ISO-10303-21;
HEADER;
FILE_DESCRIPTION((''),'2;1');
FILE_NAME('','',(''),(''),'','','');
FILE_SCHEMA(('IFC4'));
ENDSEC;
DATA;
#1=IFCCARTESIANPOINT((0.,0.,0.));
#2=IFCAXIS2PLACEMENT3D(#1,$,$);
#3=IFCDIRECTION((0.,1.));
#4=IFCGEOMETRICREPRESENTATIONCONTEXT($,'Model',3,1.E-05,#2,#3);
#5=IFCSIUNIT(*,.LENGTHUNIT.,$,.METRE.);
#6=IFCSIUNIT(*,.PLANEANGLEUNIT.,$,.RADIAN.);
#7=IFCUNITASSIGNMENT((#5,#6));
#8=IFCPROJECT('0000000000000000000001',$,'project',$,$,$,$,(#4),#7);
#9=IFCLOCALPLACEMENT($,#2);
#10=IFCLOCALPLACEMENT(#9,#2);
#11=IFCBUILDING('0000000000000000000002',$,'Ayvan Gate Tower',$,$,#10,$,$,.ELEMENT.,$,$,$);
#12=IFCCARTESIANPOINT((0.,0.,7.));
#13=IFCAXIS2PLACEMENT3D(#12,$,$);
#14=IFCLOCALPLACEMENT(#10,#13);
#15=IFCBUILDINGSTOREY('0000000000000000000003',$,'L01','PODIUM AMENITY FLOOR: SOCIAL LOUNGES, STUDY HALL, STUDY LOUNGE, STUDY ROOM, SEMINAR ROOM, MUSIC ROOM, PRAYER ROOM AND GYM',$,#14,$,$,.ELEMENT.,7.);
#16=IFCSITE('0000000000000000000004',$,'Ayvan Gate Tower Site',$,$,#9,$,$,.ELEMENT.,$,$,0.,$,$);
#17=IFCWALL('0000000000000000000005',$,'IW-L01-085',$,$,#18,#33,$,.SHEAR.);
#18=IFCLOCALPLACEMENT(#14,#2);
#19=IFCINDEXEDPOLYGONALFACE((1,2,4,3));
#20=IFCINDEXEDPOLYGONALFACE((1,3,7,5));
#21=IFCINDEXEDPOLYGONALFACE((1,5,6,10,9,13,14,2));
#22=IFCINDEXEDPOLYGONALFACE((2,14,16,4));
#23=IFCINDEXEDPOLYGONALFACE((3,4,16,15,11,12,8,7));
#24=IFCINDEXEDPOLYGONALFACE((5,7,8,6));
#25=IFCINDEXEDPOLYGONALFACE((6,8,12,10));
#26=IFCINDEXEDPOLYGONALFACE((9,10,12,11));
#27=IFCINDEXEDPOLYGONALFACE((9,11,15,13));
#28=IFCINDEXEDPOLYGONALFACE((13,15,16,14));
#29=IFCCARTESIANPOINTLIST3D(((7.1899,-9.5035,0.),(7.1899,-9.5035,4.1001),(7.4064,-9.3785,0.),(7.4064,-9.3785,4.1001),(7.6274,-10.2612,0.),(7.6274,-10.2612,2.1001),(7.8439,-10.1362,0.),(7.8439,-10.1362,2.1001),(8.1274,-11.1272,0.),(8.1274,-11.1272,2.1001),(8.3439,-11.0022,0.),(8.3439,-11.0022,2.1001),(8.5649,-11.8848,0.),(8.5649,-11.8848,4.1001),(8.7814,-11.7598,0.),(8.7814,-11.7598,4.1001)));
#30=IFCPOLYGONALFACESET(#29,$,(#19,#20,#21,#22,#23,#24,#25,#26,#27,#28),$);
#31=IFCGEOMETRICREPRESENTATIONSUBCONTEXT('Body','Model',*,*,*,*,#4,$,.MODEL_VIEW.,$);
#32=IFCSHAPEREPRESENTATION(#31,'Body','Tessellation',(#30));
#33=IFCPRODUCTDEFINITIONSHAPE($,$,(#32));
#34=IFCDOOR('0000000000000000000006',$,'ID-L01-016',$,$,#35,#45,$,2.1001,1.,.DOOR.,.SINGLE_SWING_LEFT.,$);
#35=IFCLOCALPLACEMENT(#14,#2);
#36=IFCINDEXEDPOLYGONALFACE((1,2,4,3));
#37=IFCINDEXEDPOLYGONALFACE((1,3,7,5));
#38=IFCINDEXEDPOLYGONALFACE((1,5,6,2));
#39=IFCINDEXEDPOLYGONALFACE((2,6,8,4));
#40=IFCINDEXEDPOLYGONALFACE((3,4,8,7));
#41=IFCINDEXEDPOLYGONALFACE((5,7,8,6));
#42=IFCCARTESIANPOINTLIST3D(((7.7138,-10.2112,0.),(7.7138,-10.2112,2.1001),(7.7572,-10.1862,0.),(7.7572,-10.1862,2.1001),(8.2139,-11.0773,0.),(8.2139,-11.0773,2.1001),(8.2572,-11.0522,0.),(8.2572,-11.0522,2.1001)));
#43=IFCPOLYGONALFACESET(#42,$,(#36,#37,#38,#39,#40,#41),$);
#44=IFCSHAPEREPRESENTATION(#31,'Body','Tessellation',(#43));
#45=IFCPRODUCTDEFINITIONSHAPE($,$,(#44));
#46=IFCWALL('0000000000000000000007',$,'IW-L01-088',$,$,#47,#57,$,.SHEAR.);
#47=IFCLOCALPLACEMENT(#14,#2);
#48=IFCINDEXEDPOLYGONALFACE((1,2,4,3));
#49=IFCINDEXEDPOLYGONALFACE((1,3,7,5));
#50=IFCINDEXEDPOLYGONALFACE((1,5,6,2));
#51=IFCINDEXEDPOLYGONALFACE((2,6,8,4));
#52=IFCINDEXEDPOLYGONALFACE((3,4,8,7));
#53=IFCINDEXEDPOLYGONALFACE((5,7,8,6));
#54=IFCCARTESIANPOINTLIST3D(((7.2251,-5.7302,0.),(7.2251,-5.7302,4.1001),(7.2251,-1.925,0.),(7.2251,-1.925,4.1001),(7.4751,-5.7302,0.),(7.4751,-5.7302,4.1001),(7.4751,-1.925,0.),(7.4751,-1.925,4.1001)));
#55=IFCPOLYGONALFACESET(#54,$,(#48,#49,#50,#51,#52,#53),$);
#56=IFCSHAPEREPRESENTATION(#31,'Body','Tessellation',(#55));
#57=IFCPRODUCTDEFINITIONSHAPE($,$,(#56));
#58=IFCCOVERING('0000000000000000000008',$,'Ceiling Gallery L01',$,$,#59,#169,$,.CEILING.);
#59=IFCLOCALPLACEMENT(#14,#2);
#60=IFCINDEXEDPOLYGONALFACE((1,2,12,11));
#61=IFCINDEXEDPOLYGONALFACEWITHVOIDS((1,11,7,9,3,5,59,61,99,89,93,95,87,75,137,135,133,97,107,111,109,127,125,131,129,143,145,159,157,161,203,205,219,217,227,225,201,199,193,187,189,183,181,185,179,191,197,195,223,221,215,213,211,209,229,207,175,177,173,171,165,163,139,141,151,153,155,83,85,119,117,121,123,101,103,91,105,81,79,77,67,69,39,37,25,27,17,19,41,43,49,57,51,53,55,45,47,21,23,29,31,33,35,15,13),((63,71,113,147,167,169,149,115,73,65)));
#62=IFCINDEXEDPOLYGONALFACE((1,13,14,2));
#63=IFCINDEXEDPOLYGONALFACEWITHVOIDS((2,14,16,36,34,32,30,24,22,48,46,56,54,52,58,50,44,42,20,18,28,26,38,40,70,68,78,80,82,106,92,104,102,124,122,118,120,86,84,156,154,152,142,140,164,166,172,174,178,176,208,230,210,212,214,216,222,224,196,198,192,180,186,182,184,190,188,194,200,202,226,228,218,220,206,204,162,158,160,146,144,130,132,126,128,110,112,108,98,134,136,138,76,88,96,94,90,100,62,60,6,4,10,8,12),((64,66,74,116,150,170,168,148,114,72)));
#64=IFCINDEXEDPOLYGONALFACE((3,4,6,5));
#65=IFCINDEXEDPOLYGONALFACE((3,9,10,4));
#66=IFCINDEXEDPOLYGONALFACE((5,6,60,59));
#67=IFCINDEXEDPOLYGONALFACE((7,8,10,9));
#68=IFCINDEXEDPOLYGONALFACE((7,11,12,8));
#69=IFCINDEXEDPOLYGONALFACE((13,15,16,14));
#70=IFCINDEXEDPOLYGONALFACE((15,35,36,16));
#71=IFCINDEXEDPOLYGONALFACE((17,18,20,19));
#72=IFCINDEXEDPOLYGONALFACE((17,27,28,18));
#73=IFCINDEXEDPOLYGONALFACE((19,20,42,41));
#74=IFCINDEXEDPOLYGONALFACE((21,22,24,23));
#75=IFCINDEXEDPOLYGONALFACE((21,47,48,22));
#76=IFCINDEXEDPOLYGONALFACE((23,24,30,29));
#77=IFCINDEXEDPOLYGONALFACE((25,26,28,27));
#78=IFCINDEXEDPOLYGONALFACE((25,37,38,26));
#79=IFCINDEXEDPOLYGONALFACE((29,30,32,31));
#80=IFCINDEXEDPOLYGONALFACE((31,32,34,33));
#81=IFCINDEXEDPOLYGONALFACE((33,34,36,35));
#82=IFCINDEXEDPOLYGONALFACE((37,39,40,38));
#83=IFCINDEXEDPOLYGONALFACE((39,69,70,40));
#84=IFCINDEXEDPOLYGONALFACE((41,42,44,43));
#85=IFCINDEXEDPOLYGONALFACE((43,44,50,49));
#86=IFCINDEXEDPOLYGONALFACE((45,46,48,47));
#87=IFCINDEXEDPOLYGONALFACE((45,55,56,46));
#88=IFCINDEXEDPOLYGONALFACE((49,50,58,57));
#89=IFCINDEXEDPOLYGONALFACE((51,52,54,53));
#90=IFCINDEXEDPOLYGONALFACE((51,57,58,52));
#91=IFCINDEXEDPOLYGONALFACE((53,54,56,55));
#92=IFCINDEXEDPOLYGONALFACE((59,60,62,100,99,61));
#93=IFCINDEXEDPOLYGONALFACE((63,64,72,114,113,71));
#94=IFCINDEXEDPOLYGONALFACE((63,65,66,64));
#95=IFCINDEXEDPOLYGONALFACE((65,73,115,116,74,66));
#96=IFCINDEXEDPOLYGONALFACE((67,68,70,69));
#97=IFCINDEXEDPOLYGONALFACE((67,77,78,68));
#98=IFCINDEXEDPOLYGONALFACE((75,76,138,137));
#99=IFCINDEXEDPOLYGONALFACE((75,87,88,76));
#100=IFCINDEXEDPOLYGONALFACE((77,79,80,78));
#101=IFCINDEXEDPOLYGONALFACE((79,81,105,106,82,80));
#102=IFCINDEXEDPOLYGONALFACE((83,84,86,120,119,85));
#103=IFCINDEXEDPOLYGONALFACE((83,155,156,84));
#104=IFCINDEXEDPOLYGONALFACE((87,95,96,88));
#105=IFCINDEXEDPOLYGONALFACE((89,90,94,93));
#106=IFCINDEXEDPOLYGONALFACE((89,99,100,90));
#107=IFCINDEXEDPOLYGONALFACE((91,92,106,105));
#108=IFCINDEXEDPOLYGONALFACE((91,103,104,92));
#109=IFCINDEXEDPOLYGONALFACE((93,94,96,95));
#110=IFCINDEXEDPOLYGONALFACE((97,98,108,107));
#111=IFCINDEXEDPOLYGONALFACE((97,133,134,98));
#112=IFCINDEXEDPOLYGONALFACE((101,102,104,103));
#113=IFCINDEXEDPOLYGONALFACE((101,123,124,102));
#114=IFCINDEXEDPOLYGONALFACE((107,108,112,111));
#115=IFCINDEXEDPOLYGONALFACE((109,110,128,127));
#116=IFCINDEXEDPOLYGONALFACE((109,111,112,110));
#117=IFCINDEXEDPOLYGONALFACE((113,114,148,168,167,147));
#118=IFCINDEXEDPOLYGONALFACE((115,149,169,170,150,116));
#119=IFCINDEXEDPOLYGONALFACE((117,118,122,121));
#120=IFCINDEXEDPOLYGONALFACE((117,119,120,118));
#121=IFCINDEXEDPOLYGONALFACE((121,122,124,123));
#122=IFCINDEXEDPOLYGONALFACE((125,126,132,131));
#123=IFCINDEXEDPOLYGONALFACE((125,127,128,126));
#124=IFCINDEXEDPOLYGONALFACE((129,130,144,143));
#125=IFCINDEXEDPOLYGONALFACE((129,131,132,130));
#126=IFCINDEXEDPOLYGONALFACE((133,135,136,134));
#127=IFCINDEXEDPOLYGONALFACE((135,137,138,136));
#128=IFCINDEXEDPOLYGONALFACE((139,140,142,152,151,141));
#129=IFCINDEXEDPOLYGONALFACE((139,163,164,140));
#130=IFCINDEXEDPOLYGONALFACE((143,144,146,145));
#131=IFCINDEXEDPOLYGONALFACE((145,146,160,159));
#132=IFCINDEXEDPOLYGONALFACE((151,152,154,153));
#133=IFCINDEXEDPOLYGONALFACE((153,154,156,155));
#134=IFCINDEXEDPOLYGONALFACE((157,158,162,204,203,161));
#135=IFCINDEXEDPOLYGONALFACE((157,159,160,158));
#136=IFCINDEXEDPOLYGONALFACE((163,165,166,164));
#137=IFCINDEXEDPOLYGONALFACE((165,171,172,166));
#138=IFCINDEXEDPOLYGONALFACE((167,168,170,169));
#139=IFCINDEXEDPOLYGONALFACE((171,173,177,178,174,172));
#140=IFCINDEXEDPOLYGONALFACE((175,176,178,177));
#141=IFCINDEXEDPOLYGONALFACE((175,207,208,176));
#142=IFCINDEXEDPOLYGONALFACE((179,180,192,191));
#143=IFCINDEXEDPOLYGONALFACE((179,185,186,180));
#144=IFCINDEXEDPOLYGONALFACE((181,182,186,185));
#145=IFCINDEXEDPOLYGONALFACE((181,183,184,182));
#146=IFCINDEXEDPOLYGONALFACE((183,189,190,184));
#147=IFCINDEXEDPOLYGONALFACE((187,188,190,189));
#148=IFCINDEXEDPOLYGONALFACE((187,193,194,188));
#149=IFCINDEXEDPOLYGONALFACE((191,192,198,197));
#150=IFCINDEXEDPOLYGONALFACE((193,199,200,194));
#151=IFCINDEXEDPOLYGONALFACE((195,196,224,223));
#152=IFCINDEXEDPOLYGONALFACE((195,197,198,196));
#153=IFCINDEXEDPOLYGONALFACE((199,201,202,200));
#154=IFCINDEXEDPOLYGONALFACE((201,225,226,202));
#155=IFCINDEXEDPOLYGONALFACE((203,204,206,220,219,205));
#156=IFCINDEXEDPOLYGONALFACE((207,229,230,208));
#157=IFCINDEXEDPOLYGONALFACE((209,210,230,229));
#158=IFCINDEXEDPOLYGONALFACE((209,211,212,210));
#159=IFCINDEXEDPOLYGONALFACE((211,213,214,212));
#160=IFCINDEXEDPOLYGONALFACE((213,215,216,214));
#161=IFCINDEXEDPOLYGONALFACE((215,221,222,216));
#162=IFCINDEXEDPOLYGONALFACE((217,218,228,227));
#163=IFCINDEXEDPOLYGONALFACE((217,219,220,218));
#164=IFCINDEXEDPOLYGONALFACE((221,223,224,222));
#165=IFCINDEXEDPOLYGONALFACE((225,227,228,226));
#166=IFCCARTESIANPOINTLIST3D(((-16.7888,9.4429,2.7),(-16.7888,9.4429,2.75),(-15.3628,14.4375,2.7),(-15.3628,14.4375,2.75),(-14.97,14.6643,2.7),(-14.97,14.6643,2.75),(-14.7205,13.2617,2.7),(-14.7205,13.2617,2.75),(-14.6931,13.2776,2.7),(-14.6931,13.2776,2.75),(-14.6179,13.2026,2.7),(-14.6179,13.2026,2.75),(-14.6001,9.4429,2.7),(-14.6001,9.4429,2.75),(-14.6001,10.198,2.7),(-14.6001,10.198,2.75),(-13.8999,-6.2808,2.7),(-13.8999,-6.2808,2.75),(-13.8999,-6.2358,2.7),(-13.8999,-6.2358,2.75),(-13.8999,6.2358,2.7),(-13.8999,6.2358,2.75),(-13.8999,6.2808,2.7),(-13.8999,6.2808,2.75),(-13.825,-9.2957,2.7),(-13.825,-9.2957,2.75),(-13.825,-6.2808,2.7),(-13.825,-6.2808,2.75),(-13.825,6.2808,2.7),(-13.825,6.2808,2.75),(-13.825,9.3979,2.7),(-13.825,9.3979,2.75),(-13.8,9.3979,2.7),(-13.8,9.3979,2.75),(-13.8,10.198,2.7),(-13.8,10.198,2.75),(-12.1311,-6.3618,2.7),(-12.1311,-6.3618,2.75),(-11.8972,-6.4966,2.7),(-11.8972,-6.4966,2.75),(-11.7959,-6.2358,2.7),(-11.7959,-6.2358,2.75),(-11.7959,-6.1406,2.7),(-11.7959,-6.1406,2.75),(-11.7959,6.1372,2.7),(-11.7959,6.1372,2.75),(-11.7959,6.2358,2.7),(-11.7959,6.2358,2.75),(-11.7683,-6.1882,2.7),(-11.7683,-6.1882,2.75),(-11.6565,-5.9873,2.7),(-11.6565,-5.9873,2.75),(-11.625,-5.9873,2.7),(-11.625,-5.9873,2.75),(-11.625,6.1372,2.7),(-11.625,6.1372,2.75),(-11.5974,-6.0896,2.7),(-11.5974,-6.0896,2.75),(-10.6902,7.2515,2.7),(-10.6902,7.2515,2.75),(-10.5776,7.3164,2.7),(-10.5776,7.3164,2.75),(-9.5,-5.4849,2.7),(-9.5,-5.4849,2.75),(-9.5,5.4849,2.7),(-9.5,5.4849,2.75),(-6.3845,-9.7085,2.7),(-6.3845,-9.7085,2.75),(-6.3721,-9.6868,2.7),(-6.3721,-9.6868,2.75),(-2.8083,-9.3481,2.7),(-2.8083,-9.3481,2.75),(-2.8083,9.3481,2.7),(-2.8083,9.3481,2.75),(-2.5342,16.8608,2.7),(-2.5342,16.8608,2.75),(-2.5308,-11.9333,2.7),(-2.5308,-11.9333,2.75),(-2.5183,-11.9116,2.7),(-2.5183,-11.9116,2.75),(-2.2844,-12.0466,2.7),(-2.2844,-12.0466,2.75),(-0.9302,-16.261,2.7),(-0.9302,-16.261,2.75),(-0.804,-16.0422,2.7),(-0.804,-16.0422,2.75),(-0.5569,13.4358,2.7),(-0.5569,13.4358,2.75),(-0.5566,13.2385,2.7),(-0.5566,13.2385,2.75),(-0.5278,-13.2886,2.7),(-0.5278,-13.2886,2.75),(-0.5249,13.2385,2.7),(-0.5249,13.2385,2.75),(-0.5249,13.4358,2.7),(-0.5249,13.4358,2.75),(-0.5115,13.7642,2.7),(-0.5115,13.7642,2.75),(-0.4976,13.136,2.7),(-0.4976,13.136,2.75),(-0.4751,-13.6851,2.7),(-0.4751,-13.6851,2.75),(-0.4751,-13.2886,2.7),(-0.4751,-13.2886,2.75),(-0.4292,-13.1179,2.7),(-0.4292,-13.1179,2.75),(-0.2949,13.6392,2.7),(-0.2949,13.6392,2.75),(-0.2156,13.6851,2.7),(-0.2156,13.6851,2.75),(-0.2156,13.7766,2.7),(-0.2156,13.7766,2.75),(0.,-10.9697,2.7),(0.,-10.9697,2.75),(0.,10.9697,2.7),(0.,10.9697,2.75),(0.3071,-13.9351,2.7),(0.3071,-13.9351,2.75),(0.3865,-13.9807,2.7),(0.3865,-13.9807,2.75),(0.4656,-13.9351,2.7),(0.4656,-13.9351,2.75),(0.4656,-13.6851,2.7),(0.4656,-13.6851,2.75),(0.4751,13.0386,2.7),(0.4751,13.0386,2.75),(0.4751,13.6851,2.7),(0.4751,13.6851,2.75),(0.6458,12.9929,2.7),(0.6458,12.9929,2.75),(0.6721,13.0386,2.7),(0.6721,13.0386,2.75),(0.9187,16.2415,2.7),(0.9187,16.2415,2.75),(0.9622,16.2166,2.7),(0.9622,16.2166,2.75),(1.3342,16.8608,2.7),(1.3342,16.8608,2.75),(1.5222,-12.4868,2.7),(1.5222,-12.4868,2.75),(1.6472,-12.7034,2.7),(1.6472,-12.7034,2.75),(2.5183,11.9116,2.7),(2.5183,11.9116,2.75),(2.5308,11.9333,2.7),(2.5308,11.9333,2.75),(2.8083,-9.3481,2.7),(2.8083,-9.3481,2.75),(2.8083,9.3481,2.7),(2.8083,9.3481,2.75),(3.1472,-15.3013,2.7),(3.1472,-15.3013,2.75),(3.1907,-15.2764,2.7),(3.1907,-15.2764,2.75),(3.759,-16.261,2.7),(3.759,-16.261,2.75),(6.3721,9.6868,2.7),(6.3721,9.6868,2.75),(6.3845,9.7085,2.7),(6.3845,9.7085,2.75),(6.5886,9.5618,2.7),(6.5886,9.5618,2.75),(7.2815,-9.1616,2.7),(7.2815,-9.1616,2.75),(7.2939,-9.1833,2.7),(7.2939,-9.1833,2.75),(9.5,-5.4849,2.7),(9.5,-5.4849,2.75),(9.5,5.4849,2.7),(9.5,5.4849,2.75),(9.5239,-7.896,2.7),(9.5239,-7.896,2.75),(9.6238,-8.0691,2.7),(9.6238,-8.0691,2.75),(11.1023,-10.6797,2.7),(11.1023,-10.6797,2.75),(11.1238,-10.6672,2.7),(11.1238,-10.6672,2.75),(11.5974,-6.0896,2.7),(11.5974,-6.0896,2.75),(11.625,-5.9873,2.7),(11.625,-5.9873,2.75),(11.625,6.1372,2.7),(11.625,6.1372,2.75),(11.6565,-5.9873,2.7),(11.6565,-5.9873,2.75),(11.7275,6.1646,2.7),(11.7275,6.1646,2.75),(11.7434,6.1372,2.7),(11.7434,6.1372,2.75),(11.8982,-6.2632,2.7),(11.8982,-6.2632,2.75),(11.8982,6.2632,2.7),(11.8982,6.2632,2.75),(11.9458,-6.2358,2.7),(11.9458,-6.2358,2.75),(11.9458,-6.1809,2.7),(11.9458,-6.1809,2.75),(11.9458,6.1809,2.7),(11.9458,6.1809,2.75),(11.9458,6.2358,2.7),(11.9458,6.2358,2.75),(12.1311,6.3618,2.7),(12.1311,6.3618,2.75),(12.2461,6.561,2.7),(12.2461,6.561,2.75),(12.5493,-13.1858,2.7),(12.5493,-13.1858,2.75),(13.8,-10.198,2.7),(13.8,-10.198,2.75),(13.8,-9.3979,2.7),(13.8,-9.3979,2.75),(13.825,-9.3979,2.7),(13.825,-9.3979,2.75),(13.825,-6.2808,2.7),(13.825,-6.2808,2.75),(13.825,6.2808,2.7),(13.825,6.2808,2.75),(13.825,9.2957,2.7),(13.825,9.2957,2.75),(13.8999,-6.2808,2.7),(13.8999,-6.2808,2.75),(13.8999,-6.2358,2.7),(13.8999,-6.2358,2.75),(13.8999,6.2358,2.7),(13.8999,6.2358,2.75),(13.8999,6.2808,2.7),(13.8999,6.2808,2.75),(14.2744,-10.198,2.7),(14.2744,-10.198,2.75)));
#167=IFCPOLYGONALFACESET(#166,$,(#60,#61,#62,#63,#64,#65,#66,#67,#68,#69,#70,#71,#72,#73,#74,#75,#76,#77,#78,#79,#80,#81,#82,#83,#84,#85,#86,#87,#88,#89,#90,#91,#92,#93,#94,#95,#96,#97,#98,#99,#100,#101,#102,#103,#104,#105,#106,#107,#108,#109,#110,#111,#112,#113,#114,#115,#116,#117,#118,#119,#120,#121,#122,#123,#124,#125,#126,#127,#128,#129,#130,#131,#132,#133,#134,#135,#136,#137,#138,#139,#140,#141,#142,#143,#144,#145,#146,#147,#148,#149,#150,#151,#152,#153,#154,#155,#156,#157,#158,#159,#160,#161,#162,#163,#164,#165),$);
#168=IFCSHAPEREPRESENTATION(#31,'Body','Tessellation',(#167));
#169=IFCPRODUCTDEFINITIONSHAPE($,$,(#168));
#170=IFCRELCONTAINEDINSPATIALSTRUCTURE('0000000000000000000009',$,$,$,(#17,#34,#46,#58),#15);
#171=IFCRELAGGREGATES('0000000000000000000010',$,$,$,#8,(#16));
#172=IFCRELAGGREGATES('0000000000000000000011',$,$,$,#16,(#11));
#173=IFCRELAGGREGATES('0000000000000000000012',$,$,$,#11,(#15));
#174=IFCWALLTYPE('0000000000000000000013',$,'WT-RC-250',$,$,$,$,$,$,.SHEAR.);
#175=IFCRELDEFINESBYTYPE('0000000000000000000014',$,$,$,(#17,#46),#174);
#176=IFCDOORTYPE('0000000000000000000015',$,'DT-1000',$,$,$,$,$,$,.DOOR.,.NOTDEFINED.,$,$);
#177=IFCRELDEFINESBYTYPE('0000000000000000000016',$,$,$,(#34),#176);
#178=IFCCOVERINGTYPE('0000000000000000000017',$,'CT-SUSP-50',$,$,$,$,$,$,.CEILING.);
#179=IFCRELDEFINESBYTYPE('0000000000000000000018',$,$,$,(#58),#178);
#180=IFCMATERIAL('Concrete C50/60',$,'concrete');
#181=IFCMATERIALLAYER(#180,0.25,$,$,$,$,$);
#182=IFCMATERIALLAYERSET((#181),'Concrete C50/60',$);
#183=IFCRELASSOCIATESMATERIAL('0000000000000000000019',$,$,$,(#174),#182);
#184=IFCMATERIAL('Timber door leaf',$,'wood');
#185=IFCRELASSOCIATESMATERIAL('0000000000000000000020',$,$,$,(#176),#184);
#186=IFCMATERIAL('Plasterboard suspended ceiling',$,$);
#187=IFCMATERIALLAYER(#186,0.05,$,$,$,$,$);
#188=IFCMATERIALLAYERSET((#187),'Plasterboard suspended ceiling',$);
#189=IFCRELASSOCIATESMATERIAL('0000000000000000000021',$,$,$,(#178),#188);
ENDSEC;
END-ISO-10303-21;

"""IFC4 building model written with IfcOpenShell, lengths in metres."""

from ifc_helpers import new_model, si_unit, direction, frame, frame_2d, origin, place, context, subcontext, project, spatial, polyline, rectangle, outline, extrude, material, layer, layer_set, type_object, element, fill, save


model = new_model("IFC4")

# Units and contexts
model_context = context("Model", 3, precision=1e-05, world=origin(), true_north=direction((0.0, 1.0)))
body_context = subcontext(model_context, "Body", "Model", "MODEL_VIEW")
ifc_project = project(units=[si_unit("LENGTHUNIT", "METRE"), si_unit("PLANEANGLEUNIT", "RADIAN")], contexts=[model_context])

# Site, building, storey
site_placement = place(None, origin())
site = spatial("IfcSite", under=ifc_project, at=site_placement, Name="Ayvan Gate Tower Site", CompositionType="ELEMENT", RefElevation=0.0)
building_placement = place(site_placement, origin())
building = spatial("IfcBuilding", under=site, at=building_placement, Name="Ayvan Gate Tower", CompositionType="ELEMENT")
storey_placement = place(building_placement, frame((0.0, 0.0, 7.0)))
storey = spatial("IfcBuildingStorey", under=building, at=storey_placement, Name="L01", Description="PODIUM AMENITY FLOOR: SOCIAL LOUNGES, STUDY HALL, STUDY LOUNGE, STUDY ROOM, SEMINAR ROOM, MUSIC ROOM, PRAYER ROOM AND GYM", CompositionType="ELEMENT", Elevation=7.0)

# Shared definitions
ifc_material_1 = material(Name="Concrete C50/60", Category="concrete")
ifc_layer_1 = layer(ifc_material_1, 0.25)
ifc_layer_set_1 = layer_set([ifc_layer_1], Name="Concrete C50/60")
wall_type_1 = type_object("IfcWallType", Name="WT-RC-250", PredefinedType="SHEAR", material=ifc_layer_set_1)

# Shared definitions
ifc_material_2 = material(Name="Timber door leaf", Category="wood")
door_type = type_object("IfcDoorType", Name="DT-1000", OperationType="NOTDEFINED", PredefinedType="DOOR", material=ifc_material_2)

# Wall, opening, door
wall_1_placement = place(storey_placement, frame((7.2981, -9.4409, 0.0), z_axis=(0.0, 0.0, 1.0), x_axis=(0.500035, -0.866005, 0.0)))
wall_1 = element("IfcWall", 1, at=wall_1_placement, inside=storey, type_object=wall_type_1, Name="IW-L01-085", PredefinedType="SHEAR", context=body_context, shape_type="SweptSolid", body=[
    extrude(rectangle(XDim=2.7498, YDim=0.25, at=frame_2d((1.375, 0.0))), origin(), (0.0, 0.0, 1.0), 4.1001),
])
opening_1_placement = place(wall_1_placement, frame((0.875, 0.0, 0.0)))
opening_1 = element("IfcOpeningElement", 2, at=opening_1_placement, cuts=wall_1, PredefinedType="OPENING", context=body_context, shape_type="SweptSolid", body=[
    extrude(rectangle(XDim=1.0, YDim=2.1001, at=frame_2d((0.5, 1.05))), frame((0.0, 0.135, 0.0), z_axis=(0.0, -1.0, 0.0), x_axis=(1.0, 0.0, 0.0)), (0.0, 0.0, 1.0), 0.27),
])
door_1_placement = place(opening_1_placement, origin())
door_1 = element("IfcDoor", 3, at=door_1_placement, inside=storey, type_object=door_type, Name="ID-L01-016", OperationType="SINGLE_SWING_LEFT", OverallHeight=2.1001, OverallWidth=1.0, PredefinedType="DOOR", context=body_context, shape_type="SweptSolid", body=[
    extrude(rectangle(XDim=1.0, YDim=2.1001, at=frame_2d((0.5, 1.05))), frame((0.0, 0.0249, 0.0), z_axis=(0.0, -1.0, 0.0), x_axis=(1.0, 0.0, 0.0)), (0.0, 0.0, 1.0), 0.05),
])
fill(opening_1, door_1)

# Wall
wall_2_placement = place(storey_placement, frame((7.3501, -1.925, 0.0), z_axis=(0.0, 0.0, 1.0), x_axis=(0.0, -1.0, 0.0)))
element("IfcWall", 4, at=wall_2_placement, inside=storey, type_object=wall_type_1, Name="IW-L01-088", PredefinedType="SHEAR", context=body_context, shape_type="SweptSolid", body=[
    extrude(rectangle(XDim=3.8052, YDim=0.25, at=frame_2d((1.9026, 0.0))), origin(), (0.0, 0.0, 1.0), 4.1001),
])

# Covering
ifc_material_3 = material(Name="Plasterboard suspended ceiling")
ifc_layer_2 = layer(ifc_material_3, 0.05)
ifc_layer_set_2 = layer_set([ifc_layer_2], Name="Plasterboard suspended ceiling")
covering_type = type_object("IfcCoveringType", Name="CT-SUSP-50", PredefinedType="CEILING", material=ifc_layer_set_2)
covering_1_placement = place(storey_placement, frame((0.0, 0.0, 2.7)))
element("IfcCovering", 5, at=covering_1_placement, inside=storey, type_object=covering_type, Name="Ceiling Gallery L01", PredefinedType="CEILING", context=body_context, shape_type="SweptSolid", body=[
    extrude(outline(polyline([(-14.6179, 13.2026), (-14.7205, 13.2617), (-14.6931, 13.2776), (-15.3628, 14.4375), (-14.97, 14.6643), (-10.6902, 7.2515), (-10.5776, 7.3164), (-0.4976, 13.136), (-0.5566, 13.2385), (-0.5249, 13.2385), (-0.5249, 13.4358), (-0.5569, 13.4358), (-2.5342, 16.8608), (1.3342, 16.8608), (0.9622, 16.2166), (0.9187, 16.2415), (-0.5115, 13.7642), (-0.2949, 13.6392), (-0.2156, 13.7766), (-0.2156, 13.6851), (0.4751, 13.6851), (0.4751, 13.0386), (0.6721, 13.0386), (0.6458, 12.9929), (2.5183, 11.9116), (2.5308, 11.9333), (6.3845, 9.7085), (6.3721, 9.6868), (6.5886, 9.5618), (12.1311, 6.3618), (12.2461, 6.561), (13.825, 9.2957), (13.825, 6.2808), (13.8999, 6.2808), (13.8999, 6.2358), (11.9458, 6.2358), (11.9458, 6.1809), (11.8982, 6.2632), (11.7275, 6.1646), (11.7434, 6.1372), (11.625, 6.1372), (11.625, -5.9873), (11.6565, -5.9873), (11.5974, -6.0896), (11.8982, -6.2632), (11.9458, -6.1809), (11.9458, -6.2358), (13.8999, -6.2358), (13.8999, -6.2808), (13.825, -6.2808), (13.825, -9.3979), (13.8, -9.3979), (13.8, -10.198), (14.2744, -10.198), (12.5493, -13.1858), (11.1023, -10.6797), (11.1238, -10.6672), (9.6238, -8.0691), (9.5239, -7.896), (7.2939, -9.1833), (7.2815, -9.1616), (1.5222, -12.4868), (1.6472, -12.7034), (3.1472, -15.3013), (3.1907, -15.2764), (3.759, -16.261), (-0.9302, -16.261), (-0.804, -16.0422), (0.3865, -13.9807), (0.3071, -13.9351), (0.4656, -13.9351), (0.4656, -13.6851), (-0.4751, -13.6851), (-0.4751, -13.2886), (-0.5278, -13.2886), (-0.4292, -13.1179), (-2.2844, -12.0466), (-2.5183, -11.9116), (-2.5308, -11.9333), (-6.3845, -9.7085), (-6.3721, -9.6868), (-11.8972, -6.4966), (-12.1311, -6.3618), (-13.825, -9.2957), (-13.825, -6.2808), (-13.8999, -6.2808), (-13.8999, -6.2358), (-11.7959, -6.2358), (-11.7959, -6.1406), (-11.7683, -6.1882), (-11.5974, -6.0896), (-11.6565, -5.9873), (-11.625, -5.9873), (-11.625, 6.1372), (-11.7959, 6.1372), (-11.7959, 6.2358), (-13.8999, 6.2358), (-13.8999, 6.2808), (-13.825, 6.2808), (-13.825, 9.3979), (-13.8, 9.3979), (-13.8, 10.198), (-14.6001, 10.198), (-14.6001, 9.4429), (-16.7888, 9.4429), (-14.6179, 13.2026)]), holes=[polyline([(2.8083, 9.3481), (0.0, 10.9697), (-2.8083, 9.3481), (-9.5, 5.4849), (-9.5, -5.4849), (-2.8083, -9.3481), (0.0, -10.9697), (2.8083, -9.3481), (9.5, -5.4849), (9.5, 5.4849), (2.8083, 9.3481)])]), origin(), (0.0, 0.0, 1.0), 0.05),
])

save(model, "model.ifc")
